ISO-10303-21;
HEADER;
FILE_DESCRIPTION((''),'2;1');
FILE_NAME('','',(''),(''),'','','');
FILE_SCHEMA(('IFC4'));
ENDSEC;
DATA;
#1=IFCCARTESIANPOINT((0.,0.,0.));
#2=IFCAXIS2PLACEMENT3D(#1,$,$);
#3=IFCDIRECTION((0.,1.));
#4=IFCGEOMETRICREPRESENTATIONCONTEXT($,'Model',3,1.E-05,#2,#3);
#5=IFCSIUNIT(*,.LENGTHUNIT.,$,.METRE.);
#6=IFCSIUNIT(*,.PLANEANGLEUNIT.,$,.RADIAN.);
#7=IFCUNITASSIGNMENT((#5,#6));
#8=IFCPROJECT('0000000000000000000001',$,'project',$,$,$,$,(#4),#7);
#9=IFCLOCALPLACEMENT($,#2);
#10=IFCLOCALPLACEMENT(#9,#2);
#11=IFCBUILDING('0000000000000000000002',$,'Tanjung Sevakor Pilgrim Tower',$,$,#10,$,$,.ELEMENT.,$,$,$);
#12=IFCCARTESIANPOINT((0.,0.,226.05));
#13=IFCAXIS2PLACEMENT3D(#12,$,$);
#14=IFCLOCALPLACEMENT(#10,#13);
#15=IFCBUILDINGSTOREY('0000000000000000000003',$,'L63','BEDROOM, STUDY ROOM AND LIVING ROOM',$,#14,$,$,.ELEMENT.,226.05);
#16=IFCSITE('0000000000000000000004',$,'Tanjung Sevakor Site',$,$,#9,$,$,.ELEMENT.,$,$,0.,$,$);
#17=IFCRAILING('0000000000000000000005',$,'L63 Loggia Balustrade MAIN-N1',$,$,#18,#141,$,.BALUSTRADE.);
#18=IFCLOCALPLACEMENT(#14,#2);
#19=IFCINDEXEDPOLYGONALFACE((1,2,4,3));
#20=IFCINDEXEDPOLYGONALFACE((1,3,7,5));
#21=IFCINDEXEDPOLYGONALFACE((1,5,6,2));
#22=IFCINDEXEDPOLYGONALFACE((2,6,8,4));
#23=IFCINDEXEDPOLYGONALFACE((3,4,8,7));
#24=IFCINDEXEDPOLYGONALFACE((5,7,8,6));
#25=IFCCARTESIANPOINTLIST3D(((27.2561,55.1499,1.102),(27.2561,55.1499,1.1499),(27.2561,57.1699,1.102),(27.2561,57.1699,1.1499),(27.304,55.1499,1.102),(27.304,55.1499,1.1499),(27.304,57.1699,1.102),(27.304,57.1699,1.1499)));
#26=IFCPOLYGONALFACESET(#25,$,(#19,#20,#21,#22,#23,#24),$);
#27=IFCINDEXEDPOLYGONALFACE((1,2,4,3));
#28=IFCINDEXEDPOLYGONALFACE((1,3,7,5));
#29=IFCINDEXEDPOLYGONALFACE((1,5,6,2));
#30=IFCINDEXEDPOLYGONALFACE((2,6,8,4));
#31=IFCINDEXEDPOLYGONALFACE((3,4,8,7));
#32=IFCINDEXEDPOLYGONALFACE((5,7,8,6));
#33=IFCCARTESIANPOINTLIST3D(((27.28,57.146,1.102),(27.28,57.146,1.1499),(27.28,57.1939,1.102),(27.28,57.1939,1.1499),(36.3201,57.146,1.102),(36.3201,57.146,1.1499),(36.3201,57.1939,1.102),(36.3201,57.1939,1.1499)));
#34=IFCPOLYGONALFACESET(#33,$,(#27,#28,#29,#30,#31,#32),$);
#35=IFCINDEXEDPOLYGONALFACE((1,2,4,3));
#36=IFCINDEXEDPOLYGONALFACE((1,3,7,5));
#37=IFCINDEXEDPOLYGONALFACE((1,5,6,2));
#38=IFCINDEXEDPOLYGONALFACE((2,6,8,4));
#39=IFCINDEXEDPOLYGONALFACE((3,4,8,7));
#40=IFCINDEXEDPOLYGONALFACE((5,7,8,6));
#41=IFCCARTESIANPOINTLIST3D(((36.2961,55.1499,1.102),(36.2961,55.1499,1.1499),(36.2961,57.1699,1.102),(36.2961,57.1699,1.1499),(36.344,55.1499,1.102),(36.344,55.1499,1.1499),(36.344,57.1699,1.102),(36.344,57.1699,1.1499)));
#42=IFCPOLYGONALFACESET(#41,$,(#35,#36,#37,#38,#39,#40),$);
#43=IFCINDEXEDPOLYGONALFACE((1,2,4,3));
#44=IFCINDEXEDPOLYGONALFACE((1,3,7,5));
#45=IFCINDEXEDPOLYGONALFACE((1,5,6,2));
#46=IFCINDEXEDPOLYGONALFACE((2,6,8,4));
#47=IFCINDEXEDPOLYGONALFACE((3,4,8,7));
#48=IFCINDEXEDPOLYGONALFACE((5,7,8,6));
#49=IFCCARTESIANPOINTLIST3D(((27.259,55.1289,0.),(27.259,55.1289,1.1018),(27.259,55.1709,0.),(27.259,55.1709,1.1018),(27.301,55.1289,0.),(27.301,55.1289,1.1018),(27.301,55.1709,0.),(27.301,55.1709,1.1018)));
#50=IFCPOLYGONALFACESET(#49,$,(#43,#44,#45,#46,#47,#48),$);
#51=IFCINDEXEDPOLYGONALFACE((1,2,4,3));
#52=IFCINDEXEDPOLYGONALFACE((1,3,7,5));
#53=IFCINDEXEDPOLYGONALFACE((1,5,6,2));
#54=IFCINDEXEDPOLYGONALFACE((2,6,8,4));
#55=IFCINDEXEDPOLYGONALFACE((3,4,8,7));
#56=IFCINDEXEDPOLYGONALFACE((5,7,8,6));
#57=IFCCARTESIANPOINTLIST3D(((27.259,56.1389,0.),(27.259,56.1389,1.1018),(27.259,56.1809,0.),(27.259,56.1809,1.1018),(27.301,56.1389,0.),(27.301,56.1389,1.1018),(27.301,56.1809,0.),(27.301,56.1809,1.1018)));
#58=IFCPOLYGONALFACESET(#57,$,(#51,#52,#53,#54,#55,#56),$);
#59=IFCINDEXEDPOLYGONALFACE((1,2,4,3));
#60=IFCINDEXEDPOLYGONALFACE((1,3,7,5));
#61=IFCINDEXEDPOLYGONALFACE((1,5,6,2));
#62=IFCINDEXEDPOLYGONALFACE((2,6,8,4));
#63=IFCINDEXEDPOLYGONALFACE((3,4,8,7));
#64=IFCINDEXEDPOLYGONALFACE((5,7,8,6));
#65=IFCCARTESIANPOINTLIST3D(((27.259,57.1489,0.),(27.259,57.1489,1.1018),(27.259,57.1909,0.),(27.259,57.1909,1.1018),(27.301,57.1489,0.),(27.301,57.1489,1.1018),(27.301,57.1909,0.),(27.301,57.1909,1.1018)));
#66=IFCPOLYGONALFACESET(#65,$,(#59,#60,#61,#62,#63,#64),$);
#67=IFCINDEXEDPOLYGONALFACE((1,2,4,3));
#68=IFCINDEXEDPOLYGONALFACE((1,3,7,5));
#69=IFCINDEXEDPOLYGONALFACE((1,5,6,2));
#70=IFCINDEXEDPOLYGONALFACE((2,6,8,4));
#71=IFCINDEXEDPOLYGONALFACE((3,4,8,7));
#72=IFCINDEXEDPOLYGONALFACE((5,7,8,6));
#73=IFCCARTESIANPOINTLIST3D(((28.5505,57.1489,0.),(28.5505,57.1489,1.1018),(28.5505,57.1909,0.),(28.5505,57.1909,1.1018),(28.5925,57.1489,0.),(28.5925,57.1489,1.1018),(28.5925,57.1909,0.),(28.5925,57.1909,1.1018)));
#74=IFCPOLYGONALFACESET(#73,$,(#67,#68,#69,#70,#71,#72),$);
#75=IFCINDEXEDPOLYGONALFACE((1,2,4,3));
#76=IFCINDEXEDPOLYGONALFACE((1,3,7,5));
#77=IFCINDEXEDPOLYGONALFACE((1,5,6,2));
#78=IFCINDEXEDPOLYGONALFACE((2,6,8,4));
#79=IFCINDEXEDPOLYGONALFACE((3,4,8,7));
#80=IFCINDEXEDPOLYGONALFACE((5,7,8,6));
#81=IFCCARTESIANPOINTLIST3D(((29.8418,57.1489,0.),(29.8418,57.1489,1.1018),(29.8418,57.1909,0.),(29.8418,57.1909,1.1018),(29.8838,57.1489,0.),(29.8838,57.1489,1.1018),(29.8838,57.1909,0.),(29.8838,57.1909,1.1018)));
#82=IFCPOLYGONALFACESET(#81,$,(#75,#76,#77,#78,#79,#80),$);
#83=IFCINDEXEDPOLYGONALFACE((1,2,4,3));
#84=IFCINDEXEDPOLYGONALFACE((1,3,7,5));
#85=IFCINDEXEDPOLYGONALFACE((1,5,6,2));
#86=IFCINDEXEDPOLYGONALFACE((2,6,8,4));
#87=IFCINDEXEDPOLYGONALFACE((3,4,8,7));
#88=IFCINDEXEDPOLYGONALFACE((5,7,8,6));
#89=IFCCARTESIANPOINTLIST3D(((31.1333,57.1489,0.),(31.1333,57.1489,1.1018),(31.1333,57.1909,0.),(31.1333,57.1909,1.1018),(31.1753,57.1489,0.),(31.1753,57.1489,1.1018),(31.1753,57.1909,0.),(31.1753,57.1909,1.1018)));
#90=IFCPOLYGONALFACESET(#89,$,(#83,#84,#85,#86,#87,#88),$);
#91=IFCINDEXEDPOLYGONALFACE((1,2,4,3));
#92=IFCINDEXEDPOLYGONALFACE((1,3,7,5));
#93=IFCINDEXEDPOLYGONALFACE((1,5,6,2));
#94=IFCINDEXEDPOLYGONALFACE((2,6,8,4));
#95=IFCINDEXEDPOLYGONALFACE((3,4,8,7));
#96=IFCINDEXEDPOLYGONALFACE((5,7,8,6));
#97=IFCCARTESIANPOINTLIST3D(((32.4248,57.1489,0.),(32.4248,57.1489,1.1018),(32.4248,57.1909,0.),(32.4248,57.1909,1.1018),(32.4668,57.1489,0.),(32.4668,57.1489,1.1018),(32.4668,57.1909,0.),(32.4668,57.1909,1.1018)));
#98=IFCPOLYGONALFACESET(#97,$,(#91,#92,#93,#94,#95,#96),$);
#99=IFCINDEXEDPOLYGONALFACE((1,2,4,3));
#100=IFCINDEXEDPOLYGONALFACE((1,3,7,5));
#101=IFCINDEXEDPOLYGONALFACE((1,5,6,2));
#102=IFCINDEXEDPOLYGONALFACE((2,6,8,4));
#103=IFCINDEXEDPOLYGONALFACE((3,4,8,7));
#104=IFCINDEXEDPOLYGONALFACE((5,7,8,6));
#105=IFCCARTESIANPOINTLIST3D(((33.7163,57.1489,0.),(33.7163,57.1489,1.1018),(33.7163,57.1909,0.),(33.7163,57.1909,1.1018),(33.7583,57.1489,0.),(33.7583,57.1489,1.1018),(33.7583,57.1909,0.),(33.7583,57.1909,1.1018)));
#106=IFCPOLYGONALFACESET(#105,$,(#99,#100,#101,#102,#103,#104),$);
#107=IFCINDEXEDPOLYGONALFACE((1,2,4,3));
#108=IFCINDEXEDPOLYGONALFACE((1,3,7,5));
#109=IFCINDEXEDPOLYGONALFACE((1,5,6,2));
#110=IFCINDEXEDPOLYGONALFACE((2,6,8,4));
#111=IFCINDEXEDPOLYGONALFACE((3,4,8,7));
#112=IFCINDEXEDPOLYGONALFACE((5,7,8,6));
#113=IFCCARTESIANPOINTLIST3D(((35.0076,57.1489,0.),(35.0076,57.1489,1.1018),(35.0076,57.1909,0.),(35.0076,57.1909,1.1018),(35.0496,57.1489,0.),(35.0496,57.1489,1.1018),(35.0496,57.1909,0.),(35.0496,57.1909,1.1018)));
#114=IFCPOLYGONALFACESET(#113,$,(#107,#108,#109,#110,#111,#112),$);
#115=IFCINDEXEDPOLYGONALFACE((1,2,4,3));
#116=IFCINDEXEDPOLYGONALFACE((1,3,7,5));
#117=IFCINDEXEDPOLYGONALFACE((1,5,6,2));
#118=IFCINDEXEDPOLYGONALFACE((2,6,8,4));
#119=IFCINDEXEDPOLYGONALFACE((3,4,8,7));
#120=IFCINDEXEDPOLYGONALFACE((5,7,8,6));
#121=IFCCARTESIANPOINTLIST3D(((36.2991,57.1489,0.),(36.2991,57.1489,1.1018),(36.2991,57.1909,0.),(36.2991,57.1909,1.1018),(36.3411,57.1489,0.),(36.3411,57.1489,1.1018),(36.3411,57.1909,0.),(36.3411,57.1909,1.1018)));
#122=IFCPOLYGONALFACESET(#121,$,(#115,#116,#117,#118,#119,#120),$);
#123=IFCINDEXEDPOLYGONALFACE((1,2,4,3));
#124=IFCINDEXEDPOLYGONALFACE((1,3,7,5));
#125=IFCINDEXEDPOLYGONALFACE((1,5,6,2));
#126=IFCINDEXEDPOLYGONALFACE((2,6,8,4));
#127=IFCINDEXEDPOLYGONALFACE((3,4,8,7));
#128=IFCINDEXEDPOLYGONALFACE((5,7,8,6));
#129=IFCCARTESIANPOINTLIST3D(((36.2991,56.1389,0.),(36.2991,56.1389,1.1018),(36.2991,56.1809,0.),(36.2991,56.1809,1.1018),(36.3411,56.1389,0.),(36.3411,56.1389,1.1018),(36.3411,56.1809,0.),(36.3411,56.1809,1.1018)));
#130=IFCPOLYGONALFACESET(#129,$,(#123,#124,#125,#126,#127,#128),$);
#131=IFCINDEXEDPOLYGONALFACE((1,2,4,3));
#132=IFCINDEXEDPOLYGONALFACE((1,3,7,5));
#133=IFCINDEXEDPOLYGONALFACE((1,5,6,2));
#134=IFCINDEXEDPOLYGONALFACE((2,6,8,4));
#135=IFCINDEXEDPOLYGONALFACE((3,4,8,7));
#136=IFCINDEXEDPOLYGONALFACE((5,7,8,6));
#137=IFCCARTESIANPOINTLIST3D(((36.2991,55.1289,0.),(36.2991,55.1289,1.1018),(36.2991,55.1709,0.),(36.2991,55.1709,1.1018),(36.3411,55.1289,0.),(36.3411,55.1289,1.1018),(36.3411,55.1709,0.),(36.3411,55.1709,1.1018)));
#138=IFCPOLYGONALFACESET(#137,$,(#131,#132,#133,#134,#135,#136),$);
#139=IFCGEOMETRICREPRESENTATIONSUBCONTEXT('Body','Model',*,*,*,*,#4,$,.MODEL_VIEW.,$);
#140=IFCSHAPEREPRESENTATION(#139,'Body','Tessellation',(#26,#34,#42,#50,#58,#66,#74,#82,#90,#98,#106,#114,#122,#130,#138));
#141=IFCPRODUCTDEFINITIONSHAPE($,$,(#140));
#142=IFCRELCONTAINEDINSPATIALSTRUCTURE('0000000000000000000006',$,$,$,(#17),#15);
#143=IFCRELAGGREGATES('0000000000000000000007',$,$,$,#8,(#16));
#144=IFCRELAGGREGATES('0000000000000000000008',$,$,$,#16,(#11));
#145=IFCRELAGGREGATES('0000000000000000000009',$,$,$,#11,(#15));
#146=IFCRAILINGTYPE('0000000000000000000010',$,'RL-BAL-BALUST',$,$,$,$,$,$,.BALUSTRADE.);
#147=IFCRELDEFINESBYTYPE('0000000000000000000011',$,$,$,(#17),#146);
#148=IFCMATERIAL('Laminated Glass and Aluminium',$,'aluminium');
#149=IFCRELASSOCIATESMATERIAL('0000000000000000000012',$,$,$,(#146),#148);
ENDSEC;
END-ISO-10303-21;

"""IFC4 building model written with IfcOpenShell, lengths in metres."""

from ifc_helpers import new_model, si_unit, direction, frame, origin, place, context, subcontext, project, spatial, rectangle, extrude, material, type_object, element, save


model = new_model("IFC4")

# Units and contexts
model_context = context("Model", 3, precision=1e-05, world=origin(), true_north=direction((0.0, 1.0)))
body_context = subcontext(model_context, "Body", "Model", "MODEL_VIEW")
ifc_project = project(units=[si_unit("LENGTHUNIT", "METRE"), si_unit("PLANEANGLEUNIT", "RADIAN")], contexts=[model_context])

# Site, building, storey
site_placement = place(None, origin())
site = spatial("IfcSite", under=ifc_project, at=site_placement, Name="Tanjung Sevakor Site", CompositionType="ELEMENT", RefElevation=0.0)
building_placement = place(site_placement, origin())
building = spatial("IfcBuilding", under=site, at=building_placement, Name="Tanjung Sevakor Pilgrim Tower", CompositionType="ELEMENT")
storey_placement = place(building_placement, frame((0.0, 0.0, 226.05)))
storey = spatial("IfcBuildingStorey", under=building, at=storey_placement, Name="L63", Description="BEDROOM, STUDY ROOM AND LIVING ROOM", CompositionType="ELEMENT", Elevation=226.05)

# Railing
ifc_material_1 = material(Name="Laminated Glass and Aluminium", Category="aluminium")
railing_type = type_object("IfcRailingType", Name="RL-BAL-BALUST", PredefinedType="BALUSTRADE", material=ifc_material_1)
railing_placement = place(storey_placement, frame((27.28, 55.1499, 0.0)))
element("IfcRailing", 1, at=railing_placement, inside=storey, type_object=railing_type, Name="L63 Loggia Balustrade MAIN-N1", PredefinedType="BALUSTRADE", context=body_context, shape_type="SweptSolid", body=[
    extrude(rectangle(XDim=0.0479, YDim=0.0479), frame((0.0, 0.0, 1.126), z_axis=(0.0, 1.0, 0.0), x_axis=(-1.0, 0.0, 0.0)), (0.0, 0.0, 1.0), 2.02),
    extrude(rectangle(XDim=0.0479, YDim=0.0479), frame((0.0, 2.02, 1.126), z_axis=(1.0, 0.0, 0.0), x_axis=(0.0, 1.0, 0.0)), (0.0, 0.0, 1.0), 9.04),
    extrude(rectangle(XDim=0.0479, YDim=0.0479), frame((9.04, 2.02, 1.126), z_axis=(0.0, -1.0, 0.0), x_axis=(1.0, 0.0, 0.0)), (0.0, 0.0, 1.0), 2.02),
    extrude(rectangle(XDim=0.042, YDim=0.042), origin(), (0.0, 0.0, 1.0), 1.1018),
    extrude(rectangle(XDim=0.042, YDim=0.042), frame((0.0, 1.01, 0.0)), (0.0, 0.0, 1.0), 1.1018),
    extrude(rectangle(XDim=0.042, YDim=0.042), frame((0.0, 2.02, 0.0)), (0.0, 0.0, 1.0), 1.1018),
    extrude(rectangle(XDim=0.042, YDim=0.042), frame((1.2915, 2.02, 0.0)), (0.0, 0.0, 1.0), 1.1018),
    extrude(rectangle(XDim=0.042, YDim=0.042), frame((2.5828, 2.02, 0.0)), (0.0, 0.0, 1.0), 1.1018),
    extrude(rectangle(XDim=0.042, YDim=0.042), frame((3.8743, 2.02, 0.0)), (0.0, 0.0, 1.0), 1.1018),
    extrude(rectangle(XDim=0.042, YDim=0.042), frame((5.1658, 2.02, 0.0)), (0.0, 0.0, 1.0), 1.1018),
    extrude(rectangle(XDim=0.042, YDim=0.042), frame((6.4573, 2.02, 0.0)), (0.0, 0.0, 1.0), 1.1018),
    extrude(rectangle(XDim=0.042, YDim=0.042), frame((7.7485, 2.02, 0.0)), (0.0, 0.0, 1.0), 1.1018),
    extrude(rectangle(XDim=0.042, YDim=0.042), frame((9.04, 2.02, 0.0)), (0.0, 0.0, 1.0), 1.1018),
    extrude(rectangle(XDim=0.042, YDim=0.042), frame((9.04, 1.01, 0.0)), (0.0, 0.0, 1.0), 1.1018),
    extrude(rectangle(XDim=0.042, YDim=0.042), frame((9.04, 0.0, 0.0)), (0.0, 0.0, 1.0), 1.1018),
])

save(model, "model.ifc")
